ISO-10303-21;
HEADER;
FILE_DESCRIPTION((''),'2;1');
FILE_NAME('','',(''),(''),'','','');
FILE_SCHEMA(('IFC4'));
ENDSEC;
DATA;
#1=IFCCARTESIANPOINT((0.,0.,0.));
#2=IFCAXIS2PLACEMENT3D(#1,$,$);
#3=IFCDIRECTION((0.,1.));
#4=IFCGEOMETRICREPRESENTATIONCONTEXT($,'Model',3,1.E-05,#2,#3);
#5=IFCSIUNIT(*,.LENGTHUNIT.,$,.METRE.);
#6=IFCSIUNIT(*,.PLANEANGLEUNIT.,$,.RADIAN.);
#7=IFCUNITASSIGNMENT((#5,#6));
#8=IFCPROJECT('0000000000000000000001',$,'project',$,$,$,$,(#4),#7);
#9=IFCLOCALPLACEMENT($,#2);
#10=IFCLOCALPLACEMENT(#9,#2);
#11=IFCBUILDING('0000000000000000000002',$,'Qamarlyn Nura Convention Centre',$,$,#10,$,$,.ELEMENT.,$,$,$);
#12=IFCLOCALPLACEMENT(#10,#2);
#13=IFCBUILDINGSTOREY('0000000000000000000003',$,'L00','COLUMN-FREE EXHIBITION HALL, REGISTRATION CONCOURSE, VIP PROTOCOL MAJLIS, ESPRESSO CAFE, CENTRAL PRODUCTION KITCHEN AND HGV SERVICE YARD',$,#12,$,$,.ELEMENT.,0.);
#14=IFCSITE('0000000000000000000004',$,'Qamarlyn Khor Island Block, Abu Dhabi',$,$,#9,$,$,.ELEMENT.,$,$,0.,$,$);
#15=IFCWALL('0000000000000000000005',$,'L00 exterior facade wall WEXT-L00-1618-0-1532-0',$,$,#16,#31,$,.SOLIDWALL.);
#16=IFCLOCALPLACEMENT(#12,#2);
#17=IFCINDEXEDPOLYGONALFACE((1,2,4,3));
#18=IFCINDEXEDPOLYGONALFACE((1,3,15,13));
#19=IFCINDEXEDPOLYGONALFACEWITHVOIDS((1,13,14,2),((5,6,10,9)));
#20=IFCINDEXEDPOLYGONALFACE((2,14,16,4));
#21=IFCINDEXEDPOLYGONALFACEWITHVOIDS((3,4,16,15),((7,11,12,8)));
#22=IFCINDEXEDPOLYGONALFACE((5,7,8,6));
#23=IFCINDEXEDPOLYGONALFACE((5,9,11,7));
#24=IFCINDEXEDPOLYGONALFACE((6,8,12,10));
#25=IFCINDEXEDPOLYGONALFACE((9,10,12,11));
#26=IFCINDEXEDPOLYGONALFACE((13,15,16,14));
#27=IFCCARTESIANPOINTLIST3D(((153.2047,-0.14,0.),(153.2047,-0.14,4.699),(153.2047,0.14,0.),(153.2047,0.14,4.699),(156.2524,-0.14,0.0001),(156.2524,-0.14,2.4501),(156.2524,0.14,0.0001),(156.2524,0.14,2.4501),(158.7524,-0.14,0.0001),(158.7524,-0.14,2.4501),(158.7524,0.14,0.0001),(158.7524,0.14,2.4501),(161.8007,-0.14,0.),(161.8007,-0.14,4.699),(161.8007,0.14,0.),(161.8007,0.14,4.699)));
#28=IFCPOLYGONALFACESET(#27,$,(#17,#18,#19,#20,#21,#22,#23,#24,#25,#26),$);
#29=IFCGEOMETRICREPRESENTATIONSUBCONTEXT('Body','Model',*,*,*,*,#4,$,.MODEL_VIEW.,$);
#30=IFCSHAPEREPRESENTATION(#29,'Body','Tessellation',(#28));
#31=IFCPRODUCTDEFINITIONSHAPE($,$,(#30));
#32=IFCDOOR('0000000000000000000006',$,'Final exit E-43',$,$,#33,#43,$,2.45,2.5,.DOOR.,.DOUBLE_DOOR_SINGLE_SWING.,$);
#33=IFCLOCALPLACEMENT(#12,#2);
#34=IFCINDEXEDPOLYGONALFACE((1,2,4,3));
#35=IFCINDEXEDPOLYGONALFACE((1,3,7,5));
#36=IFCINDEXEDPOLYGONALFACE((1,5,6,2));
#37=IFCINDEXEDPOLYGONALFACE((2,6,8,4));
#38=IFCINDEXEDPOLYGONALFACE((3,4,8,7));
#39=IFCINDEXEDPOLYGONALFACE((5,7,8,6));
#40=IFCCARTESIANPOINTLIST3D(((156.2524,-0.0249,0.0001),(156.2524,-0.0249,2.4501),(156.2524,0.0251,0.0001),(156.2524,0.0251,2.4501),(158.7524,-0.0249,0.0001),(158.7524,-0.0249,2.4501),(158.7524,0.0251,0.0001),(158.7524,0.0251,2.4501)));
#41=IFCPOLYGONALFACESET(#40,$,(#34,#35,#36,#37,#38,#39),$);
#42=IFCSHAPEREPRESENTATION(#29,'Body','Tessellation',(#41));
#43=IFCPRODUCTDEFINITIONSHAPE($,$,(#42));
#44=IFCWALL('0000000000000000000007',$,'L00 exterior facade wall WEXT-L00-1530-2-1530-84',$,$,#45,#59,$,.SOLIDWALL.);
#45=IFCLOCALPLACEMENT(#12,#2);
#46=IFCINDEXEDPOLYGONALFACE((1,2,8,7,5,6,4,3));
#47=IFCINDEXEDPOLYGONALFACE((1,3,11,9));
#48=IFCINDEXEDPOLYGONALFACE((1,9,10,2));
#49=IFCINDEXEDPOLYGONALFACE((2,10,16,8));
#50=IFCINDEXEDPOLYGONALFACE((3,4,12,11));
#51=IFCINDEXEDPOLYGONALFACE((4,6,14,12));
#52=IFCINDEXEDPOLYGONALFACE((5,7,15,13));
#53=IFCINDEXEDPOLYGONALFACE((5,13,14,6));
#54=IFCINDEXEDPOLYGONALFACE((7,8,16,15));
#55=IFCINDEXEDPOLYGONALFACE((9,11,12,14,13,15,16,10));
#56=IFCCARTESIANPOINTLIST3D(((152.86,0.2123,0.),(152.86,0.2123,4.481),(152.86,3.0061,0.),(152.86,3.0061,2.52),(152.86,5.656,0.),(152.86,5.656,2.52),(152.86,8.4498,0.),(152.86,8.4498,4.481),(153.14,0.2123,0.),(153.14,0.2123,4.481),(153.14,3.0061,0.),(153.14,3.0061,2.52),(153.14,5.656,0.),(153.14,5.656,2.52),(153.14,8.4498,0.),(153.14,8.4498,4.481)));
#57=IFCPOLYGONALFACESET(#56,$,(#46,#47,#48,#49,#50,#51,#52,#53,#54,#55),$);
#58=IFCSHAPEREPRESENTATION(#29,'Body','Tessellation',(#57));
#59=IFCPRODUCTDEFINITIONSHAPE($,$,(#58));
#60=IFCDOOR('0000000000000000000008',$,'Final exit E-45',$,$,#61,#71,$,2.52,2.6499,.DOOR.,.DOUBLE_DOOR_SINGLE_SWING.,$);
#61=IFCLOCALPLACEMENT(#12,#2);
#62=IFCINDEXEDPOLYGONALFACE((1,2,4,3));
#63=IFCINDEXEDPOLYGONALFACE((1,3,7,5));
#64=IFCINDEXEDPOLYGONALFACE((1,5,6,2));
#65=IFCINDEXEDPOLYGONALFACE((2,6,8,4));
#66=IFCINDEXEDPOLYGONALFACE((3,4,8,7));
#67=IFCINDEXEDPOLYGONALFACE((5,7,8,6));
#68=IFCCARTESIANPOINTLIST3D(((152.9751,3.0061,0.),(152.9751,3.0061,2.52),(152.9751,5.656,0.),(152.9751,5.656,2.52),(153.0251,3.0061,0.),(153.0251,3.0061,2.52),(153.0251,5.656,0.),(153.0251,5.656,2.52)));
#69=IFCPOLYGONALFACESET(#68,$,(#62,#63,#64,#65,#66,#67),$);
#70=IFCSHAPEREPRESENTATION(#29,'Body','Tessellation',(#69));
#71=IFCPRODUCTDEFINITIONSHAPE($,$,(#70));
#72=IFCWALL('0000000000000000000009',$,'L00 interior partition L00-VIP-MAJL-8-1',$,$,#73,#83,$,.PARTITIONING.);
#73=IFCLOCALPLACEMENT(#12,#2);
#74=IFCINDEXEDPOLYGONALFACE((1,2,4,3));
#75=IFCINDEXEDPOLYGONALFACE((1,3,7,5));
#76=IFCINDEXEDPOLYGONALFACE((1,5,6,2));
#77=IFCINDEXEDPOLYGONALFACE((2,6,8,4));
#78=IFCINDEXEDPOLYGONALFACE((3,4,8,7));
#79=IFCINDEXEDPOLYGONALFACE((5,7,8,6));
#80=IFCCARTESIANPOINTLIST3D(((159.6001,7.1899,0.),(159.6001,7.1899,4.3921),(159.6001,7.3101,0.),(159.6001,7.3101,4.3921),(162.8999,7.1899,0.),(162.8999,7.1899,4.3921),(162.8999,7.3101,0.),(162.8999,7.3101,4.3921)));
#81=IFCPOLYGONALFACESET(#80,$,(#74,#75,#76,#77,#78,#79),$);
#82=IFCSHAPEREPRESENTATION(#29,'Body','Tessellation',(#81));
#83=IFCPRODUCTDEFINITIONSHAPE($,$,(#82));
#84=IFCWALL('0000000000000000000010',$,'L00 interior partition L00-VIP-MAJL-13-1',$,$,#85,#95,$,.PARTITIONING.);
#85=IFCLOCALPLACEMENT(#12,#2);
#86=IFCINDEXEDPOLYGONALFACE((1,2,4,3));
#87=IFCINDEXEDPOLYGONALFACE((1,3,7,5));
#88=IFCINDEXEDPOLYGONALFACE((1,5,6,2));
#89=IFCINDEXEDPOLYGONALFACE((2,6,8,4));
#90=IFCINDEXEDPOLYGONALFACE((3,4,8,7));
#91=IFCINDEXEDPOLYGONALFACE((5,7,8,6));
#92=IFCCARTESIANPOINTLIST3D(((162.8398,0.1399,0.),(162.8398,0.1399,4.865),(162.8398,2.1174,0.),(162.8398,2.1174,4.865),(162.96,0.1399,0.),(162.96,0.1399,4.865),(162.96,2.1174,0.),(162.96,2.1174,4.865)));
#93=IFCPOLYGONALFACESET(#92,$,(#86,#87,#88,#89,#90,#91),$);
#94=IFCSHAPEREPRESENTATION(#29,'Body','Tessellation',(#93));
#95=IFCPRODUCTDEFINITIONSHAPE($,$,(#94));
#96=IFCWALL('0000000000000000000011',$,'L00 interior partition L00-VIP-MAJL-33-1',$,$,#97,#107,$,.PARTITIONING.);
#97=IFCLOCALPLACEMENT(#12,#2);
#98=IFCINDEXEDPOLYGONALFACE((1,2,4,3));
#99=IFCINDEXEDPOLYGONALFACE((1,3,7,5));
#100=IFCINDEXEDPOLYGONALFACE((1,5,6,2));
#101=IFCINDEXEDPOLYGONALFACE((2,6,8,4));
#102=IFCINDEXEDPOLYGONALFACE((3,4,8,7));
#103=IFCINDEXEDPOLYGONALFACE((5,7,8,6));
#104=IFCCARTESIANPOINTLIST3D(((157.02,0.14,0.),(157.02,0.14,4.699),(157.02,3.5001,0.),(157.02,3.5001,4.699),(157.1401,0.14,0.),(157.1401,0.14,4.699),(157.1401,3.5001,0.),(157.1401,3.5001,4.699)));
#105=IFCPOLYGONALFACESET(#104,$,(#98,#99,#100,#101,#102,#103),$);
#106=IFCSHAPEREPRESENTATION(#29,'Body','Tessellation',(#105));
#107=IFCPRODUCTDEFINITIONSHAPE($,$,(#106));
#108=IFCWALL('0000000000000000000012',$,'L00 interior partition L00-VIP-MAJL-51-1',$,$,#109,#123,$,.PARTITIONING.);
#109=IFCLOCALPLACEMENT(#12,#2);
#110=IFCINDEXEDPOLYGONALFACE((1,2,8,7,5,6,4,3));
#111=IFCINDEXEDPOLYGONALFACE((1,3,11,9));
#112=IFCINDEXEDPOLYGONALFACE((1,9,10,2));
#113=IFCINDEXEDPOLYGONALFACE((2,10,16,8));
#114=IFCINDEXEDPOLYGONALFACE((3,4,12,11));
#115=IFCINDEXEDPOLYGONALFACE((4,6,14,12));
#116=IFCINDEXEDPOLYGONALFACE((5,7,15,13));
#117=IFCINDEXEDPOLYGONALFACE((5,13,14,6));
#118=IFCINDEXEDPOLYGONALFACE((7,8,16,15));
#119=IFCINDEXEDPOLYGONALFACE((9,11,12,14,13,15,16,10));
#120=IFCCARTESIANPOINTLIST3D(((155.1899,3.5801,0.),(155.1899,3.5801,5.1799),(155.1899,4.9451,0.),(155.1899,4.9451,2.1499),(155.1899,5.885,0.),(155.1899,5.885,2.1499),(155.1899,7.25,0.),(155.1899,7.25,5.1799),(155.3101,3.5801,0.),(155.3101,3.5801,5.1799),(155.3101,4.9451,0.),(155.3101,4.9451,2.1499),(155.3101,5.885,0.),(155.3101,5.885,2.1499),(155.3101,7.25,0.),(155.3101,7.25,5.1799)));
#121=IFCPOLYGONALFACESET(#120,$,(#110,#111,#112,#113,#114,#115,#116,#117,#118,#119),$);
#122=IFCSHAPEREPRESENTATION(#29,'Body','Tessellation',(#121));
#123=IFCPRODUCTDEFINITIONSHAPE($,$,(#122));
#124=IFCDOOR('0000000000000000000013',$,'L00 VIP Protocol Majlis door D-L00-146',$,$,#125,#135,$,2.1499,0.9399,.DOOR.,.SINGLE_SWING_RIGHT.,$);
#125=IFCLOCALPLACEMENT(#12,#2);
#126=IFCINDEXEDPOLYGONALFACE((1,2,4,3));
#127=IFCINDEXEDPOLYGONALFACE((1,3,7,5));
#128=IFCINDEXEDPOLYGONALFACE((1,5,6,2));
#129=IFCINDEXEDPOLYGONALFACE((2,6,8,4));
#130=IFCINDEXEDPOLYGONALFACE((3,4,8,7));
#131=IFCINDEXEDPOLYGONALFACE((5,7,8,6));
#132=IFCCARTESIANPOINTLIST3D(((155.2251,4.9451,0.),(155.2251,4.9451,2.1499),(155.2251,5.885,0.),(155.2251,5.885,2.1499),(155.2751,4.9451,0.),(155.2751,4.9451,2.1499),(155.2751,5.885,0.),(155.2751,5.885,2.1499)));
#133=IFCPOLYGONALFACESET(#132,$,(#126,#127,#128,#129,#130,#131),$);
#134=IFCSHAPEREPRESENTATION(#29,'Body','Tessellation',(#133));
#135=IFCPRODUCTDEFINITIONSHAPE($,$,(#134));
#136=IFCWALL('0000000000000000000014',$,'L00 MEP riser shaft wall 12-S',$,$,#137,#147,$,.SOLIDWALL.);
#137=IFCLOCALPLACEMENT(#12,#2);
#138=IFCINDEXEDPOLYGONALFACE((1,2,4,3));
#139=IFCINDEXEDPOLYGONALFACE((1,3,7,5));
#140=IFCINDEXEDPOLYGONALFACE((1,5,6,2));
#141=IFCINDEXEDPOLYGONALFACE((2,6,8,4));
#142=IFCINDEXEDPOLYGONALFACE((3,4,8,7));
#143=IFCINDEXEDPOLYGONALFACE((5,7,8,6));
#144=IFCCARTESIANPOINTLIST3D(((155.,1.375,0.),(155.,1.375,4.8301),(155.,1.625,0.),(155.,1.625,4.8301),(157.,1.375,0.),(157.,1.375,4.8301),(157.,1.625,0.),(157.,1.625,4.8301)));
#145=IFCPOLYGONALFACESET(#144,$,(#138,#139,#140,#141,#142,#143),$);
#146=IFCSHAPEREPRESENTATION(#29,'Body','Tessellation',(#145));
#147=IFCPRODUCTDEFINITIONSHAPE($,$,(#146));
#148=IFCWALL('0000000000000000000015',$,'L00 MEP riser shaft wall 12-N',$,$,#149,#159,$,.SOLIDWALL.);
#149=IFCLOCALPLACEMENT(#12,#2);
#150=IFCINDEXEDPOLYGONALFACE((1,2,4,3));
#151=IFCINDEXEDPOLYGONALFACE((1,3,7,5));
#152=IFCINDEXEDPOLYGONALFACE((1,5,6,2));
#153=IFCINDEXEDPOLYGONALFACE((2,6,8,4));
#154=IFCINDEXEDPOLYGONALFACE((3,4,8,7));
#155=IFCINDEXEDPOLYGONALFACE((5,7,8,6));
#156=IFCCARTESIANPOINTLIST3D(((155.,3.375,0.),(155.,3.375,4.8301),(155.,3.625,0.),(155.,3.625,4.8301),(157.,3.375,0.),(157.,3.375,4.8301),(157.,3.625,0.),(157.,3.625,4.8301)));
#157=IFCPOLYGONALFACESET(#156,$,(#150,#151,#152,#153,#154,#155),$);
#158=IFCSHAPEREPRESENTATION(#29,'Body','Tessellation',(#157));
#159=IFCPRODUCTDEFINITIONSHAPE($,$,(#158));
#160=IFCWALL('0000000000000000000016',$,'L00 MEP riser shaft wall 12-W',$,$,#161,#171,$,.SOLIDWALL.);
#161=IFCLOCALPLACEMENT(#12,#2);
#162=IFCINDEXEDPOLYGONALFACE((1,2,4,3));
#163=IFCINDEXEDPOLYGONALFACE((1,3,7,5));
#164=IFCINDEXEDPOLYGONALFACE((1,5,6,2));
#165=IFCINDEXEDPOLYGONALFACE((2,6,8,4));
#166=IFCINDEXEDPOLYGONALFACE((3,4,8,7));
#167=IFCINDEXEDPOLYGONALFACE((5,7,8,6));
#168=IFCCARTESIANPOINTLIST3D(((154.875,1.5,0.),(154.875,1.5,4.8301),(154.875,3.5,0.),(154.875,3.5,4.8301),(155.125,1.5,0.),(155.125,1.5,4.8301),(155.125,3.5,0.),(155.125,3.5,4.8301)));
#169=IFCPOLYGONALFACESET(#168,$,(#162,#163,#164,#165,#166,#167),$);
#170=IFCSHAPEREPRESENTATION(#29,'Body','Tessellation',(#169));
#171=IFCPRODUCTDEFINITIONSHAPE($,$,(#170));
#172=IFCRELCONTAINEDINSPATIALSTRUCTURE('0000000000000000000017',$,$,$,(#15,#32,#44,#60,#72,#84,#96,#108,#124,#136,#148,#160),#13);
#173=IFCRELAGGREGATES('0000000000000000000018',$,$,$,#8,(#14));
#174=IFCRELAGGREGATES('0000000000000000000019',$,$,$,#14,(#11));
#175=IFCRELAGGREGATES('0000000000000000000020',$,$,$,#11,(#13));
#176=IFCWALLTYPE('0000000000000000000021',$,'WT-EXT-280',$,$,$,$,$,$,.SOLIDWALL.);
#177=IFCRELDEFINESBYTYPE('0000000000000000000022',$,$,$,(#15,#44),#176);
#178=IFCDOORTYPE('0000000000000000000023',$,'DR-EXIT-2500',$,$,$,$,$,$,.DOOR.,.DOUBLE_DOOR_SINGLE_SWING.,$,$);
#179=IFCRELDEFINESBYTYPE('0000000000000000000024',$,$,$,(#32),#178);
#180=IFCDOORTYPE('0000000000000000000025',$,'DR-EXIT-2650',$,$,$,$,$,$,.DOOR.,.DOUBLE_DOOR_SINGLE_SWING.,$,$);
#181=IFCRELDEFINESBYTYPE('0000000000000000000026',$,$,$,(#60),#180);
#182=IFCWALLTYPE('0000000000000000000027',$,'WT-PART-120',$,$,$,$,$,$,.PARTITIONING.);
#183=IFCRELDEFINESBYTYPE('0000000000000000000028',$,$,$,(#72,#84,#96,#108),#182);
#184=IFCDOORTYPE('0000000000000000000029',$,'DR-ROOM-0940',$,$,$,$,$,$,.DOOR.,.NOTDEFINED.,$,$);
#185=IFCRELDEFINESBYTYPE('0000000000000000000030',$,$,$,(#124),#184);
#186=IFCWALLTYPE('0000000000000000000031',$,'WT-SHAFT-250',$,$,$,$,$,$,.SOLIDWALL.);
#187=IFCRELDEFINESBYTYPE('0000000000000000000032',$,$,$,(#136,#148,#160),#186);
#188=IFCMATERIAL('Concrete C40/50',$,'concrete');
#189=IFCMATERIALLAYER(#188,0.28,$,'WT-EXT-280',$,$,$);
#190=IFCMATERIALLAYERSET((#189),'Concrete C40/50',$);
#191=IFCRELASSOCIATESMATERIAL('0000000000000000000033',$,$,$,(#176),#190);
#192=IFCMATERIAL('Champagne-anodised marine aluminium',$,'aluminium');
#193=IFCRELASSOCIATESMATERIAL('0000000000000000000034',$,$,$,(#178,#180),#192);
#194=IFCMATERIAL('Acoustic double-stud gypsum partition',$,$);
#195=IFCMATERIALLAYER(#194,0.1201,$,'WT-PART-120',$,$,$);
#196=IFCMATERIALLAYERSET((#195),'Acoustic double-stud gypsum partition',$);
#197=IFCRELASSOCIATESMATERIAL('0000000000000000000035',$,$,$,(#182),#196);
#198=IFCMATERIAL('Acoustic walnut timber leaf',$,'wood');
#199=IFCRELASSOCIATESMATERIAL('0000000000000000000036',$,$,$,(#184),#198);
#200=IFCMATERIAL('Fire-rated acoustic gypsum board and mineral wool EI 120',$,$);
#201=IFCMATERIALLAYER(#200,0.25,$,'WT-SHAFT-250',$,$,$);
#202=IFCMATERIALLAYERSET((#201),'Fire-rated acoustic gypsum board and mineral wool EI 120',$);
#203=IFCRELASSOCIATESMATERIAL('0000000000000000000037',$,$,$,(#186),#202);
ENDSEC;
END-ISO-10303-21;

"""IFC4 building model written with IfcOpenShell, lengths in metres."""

from ifc_helpers import new_model, si_unit, direction, frame, frame_2d, origin, place, context, subcontext, project, spatial, rectangle, extrude, material, layer, layer_set, type_object, element, fill, save


model = new_model("IFC4")

# Units and contexts
model_context = context("Model", 3, precision=1e-05, world=origin(), true_north=direction((0.0, 1.0)))
body_context = subcontext(model_context, "Body", "Model", "MODEL_VIEW")
ifc_project = project(units=[si_unit("LENGTHUNIT", "METRE"), si_unit("PLANEANGLEUNIT", "RADIAN")], contexts=[model_context])

# Site, building, storey
site_placement = place(None, origin())
site = spatial("IfcSite", under=ifc_project, at=site_placement, Name="Qamarlyn Khor Island Block, Abu Dhabi", CompositionType="ELEMENT", RefElevation=0.0)
building_placement = place(site_placement, origin())
building = spatial("IfcBuilding", under=site, at=building_placement, Name="Qamarlyn Nura Convention Centre", CompositionType="ELEMENT")
storey_placement = place(building_placement, origin())
storey = spatial("IfcBuildingStorey", under=building, at=storey_placement, Name="L00", Description="COLUMN-FREE EXHIBITION HALL, REGISTRATION CONCOURSE, VIP PROTOCOL MAJLIS, ESPRESSO CAFE, CENTRAL PRODUCTION KITCHEN AND HGV SERVICE YARD", CompositionType="ELEMENT", Elevation=0.0)

# Walls, openings, doors
ifc_material_1 = material(Name="Concrete C40/50", Category="concrete")
ifc_layer_1 = layer(ifc_material_1, 0.28, Name="WT-EXT-280")
ifc_layer_set_1 = layer_set([ifc_layer_1], Name="Concrete C40/50")
wall_type_1 = type_object("IfcWallType", Name="WT-EXT-280", PredefinedType="SOLIDWALL", material=ifc_layer_set_1)
wall_1_placement = place(storey_placement, frame((161.8005, 0.0, 0.0), z_axis=(0.0, 0.0, 1.0), x_axis=(-1.0, 0.0, 0.0)))
wall_1 = element("IfcWall", 1, at=wall_1_placement, inside=storey, type_object=wall_type_1, Name="L00 exterior facade wall WEXT-L00-1618-0-1532-0", PredefinedType="SOLIDWALL", context=body_context, shape_type="SweptSolid", body=[
    extrude(rectangle(XDim=8.5959, YDim=0.28, at=frame_2d((4.2979, 0.0))), origin(), (0.0, 0.0, 1.0), 4.699),
])
opening_1_placement = place(wall_1_placement, frame((3.0481, 0.0, 0.0)))
opening_1 = element("IfcOpeningElement", 2, at=opening_1_placement, cuts=wall_1, PredefinedType="OPENING", context=body_context, shape_type="SweptSolid", body=[
    extrude(rectangle(XDim=2.5, YDim=2.45, at=frame_2d((1.25, 1.2251))), frame((0.0, 0.1499, 0.0), z_axis=(0.0, -1.0, 0.0), x_axis=(1.0, 0.0, 0.0)), (0.0, 0.0, 1.0), 0.3),
])
ifc_material_2 = material(Name="Champagne-anodised marine aluminium", Category="aluminium")
door_type_1 = type_object("IfcDoorType", Name="DR-EXIT-2500", OperationType="DOUBLE_DOOR_SINGLE_SWING", PredefinedType="DOOR", material=ifc_material_2)
door_1_placement = place(opening_1_placement, origin())
door_1 = element("IfcDoor", 3, at=door_1_placement, inside=storey, type_object=door_type_1, Name="Final exit E-43", OperationType="DOUBLE_DOOR_SINGLE_SWING", OverallHeight=2.45, OverallWidth=2.5, PredefinedType="DOOR", context=body_context, shape_type="SweptSolid", body=[
    extrude(rectangle(XDim=2.5, YDim=2.45, at=frame_2d((1.25, 1.2251))), frame((0.0, 0.0249, 0.0), z_axis=(0.0, -1.0, 0.0), x_axis=(1.0, 0.0, 0.0)), (0.0, 0.0, 1.0), 0.05),
])
fill(opening_1, door_1)
wall_2_placement = place(storey_placement, frame((153.0, 0.2124, 0.0), z_axis=(0.0, 0.0, 1.0), x_axis=(0.0, 1.0, 0.0)))
wall_2 = element("IfcWall", 4, at=wall_2_placement, inside=storey, type_object=wall_type_1, Name="L00 exterior facade wall WEXT-L00-1530-2-1530-84", PredefinedType="SOLIDWALL", context=body_context, shape_type="SweptSolid", body=[
    extrude(rectangle(XDim=8.2375, YDim=0.28, at=frame_2d((4.1187, 0.0))), origin(), (0.0, 0.0, 1.0), 4.481),
])
opening_2_placement = place(wall_2_placement, frame((2.7937, 0.0, 0.0)))
opening_2 = element("IfcOpeningElement", 5, at=opening_2_placement, cuts=wall_2, PredefinedType="OPENING", context=body_context, shape_type="SweptSolid", body=[
    extrude(rectangle(XDim=2.6499, YDim=2.52, at=frame_2d((1.325, 1.26))), frame((0.0, 0.1499, 0.0), z_axis=(0.0, -1.0, 0.0), x_axis=(1.0, 0.0, 0.0)), (0.0, 0.0, 1.0), 0.3),
])
door_type_2 = type_object("IfcDoorType", Name="DR-EXIT-2650", OperationType="DOUBLE_DOOR_SINGLE_SWING", PredefinedType="DOOR", material=ifc_material_2)
door_2_placement = place(opening_2_placement, origin())
door_2 = element("IfcDoor", 6, at=door_2_placement, inside=storey, type_object=door_type_2, Name="Final exit E-45", OperationType="DOUBLE_DOOR_SINGLE_SWING", OverallHeight=2.52, OverallWidth=2.6499, PredefinedType="DOOR", context=body_context, shape_type="SweptSolid", body=[
    extrude(rectangle(XDim=2.6499, YDim=2.52, at=frame_2d((1.325, 1.26))), frame((0.0, 0.0249, 0.0), z_axis=(0.0, -1.0, 0.0), x_axis=(1.0, 0.0, 0.0)), (0.0, 0.0, 1.0), 0.05),
])
fill(opening_2, door_2)

# Walls
ifc_material_3 = material(Name="Acoustic double-stud gypsum partition")
ifc_layer_2 = layer(ifc_material_3, 0.1201, Name="WT-PART-120")
ifc_layer_set_2 = layer_set([ifc_layer_2], Name="Acoustic double-stud gypsum partition")
wall_type_2 = type_object("IfcWallType", Name="WT-PART-120", PredefinedType="PARTITIONING", material=ifc_layer_set_2)
wall_3_placement = place(storey_placement, frame((159.6001, 7.25, 0.0), z_axis=(0.0, 0.0, 1.0), x_axis=(1.0, 0.0, 0.0)))
element("IfcWall", 7, at=wall_3_placement, inside=storey, type_object=wall_type_2, Name="L00 interior partition L00-VIP-MAJL-8-1", PredefinedType="PARTITIONING", context=body_context, shape_type="SweptSolid", body=[
    extrude(rectangle(XDim=3.2998, YDim=0.1201, at=frame_2d((1.6499, 0.0))), origin(), (0.0, 0.0, 1.0), 4.3921),
])
wall_4_placement = place(storey_placement, frame((162.8999, 2.1174, 0.0), z_axis=(0.0, 0.0, 1.0), x_axis=(0.0, -1.0, 0.0)))
element("IfcWall", 8, at=wall_4_placement, inside=storey, type_object=wall_type_2, Name="L00 interior partition L00-VIP-MAJL-13-1", PredefinedType="PARTITIONING", context=body_context, shape_type="SweptSolid", body=[
    extrude(rectangle(XDim=1.9775, YDim=0.1201, at=frame_2d((0.9888, 0.0))), origin(), (0.0, 0.0, 1.0), 4.865),
])
wall_5_placement = place(storey_placement, frame((157.0801, 0.1399, 0.0), z_axis=(0.0, 0.0, 1.0), x_axis=(0.0, 1.0, 0.0)))
element("IfcWall", 9, at=wall_5_placement, inside=storey, type_object=wall_type_2, Name="L00 interior partition L00-VIP-MAJL-33-1", PredefinedType="PARTITIONING", context=body_context, shape_type="SweptSolid", body=[
    extrude(rectangle(XDim=3.3601, YDim=0.1201, at=frame_2d((1.6802, 0.0))), origin(), (0.0, 0.0, 1.0), 4.699),
])

# Wall, opening, door
wall_6_placement = place(storey_placement, frame((155.25, 3.5801, 0.0), z_axis=(0.0, 0.0, 1.0), x_axis=(0.0, 1.0, 0.0)))
wall_6 = element("IfcWall", 10, at=wall_6_placement, inside=storey, type_object=wall_type_2, Name="L00 interior partition L00-VIP-MAJL-51-1", PredefinedType="PARTITIONING", context=body_context, shape_type="SweptSolid", body=[
    extrude(rectangle(XDim=3.6699, YDim=0.1201, at=frame_2d((1.835, 0.0))), origin(), (0.0, 0.0, 1.0), 5.1799),
])
opening_3_placement = place(wall_6_placement, frame((1.365, 0.0, 0.0)))
opening_3 = element("IfcOpeningElement", 11, at=opening_3_placement, cuts=wall_6, PredefinedType="OPENING", context=body_context, shape_type="SweptSolid", body=[
    extrude(rectangle(XDim=0.9399, YDim=2.1499, at=frame_2d((0.47, 1.075))), frame((0.0, 0.0701, 0.0), z_axis=(0.0, -1.0, 0.0), x_axis=(1.0, 0.0, 0.0)), (0.0, 0.0, 1.0), 0.1401),
])
ifc_material_4 = material(Name="Acoustic walnut timber leaf", Category="wood")
door_type_3 = type_object("IfcDoorType", Name="DR-ROOM-0940", OperationType="NOTDEFINED", PredefinedType="DOOR", material=ifc_material_4)
door_3_placement = place(opening_3_placement, origin())
door_3 = element("IfcDoor", 12, at=door_3_placement, inside=storey, type_object=door_type_3, Name="L00 VIP Protocol Majlis door D-L00-146", OperationType="SINGLE_SWING_RIGHT", OverallHeight=2.1499, OverallWidth=0.9399, PredefinedType="DOOR", context=body_context, shape_type="SweptSolid", body=[
    extrude(rectangle(XDim=0.9399, YDim=2.1499, at=frame_2d((0.47, 1.075))), frame((0.0, 0.0249, 0.0), z_axis=(0.0, -1.0, 0.0), x_axis=(1.0, 0.0, 0.0)), (0.0, 0.0, 1.0), 0.05),
])
fill(opening_3, door_3)

# Walls
ifc_material_5 = material(Name="Fire-rated acoustic gypsum board and mineral wool EI 120")
ifc_layer_3 = layer(ifc_material_5, 0.25, Name="WT-SHAFT-250")
ifc_layer_set_3 = layer_set([ifc_layer_3], Name="Fire-rated acoustic gypsum board and mineral wool EI 120")
wall_type_3 = type_object("IfcWallType", Name="WT-SHAFT-250", PredefinedType="SOLIDWALL", material=ifc_layer_set_3)
for number, where, z_axis, x_axis, name in (
    (13, (155.0, 1.5, 0.0), (0.0, 0.0, 1.0), (1.0, 0.0, 0.0), "L00 MEP riser shaft wall 12-S"),
    (14, (157.0, 3.5, 0.0), (0.0, 0.0, 1.0), (-1.0, 0.0, 0.0), "L00 MEP riser shaft wall 12-N"),
    (15, (155.0, 3.5, 0.0), (0.0, 0.0, 1.0), (0.0, -1.0, 0.0), "L00 MEP riser shaft wall 12-W"),
):
    element("IfcWall", number, at=place(storey_placement, frame(where, z_axis=z_axis, x_axis=x_axis)), inside=storey, type_object=wall_type_3, Name=name, PredefinedType="SOLIDWALL", context=body_context, shape_type="SweptSolid", body=[
        extrude(rectangle(XDim=2.0, YDim=0.25, at=frame_2d((1.0, 0.0))), origin(), (0.0, 0.0, 1.0), 4.8301),
    ])

save(model, "model.ifc")
